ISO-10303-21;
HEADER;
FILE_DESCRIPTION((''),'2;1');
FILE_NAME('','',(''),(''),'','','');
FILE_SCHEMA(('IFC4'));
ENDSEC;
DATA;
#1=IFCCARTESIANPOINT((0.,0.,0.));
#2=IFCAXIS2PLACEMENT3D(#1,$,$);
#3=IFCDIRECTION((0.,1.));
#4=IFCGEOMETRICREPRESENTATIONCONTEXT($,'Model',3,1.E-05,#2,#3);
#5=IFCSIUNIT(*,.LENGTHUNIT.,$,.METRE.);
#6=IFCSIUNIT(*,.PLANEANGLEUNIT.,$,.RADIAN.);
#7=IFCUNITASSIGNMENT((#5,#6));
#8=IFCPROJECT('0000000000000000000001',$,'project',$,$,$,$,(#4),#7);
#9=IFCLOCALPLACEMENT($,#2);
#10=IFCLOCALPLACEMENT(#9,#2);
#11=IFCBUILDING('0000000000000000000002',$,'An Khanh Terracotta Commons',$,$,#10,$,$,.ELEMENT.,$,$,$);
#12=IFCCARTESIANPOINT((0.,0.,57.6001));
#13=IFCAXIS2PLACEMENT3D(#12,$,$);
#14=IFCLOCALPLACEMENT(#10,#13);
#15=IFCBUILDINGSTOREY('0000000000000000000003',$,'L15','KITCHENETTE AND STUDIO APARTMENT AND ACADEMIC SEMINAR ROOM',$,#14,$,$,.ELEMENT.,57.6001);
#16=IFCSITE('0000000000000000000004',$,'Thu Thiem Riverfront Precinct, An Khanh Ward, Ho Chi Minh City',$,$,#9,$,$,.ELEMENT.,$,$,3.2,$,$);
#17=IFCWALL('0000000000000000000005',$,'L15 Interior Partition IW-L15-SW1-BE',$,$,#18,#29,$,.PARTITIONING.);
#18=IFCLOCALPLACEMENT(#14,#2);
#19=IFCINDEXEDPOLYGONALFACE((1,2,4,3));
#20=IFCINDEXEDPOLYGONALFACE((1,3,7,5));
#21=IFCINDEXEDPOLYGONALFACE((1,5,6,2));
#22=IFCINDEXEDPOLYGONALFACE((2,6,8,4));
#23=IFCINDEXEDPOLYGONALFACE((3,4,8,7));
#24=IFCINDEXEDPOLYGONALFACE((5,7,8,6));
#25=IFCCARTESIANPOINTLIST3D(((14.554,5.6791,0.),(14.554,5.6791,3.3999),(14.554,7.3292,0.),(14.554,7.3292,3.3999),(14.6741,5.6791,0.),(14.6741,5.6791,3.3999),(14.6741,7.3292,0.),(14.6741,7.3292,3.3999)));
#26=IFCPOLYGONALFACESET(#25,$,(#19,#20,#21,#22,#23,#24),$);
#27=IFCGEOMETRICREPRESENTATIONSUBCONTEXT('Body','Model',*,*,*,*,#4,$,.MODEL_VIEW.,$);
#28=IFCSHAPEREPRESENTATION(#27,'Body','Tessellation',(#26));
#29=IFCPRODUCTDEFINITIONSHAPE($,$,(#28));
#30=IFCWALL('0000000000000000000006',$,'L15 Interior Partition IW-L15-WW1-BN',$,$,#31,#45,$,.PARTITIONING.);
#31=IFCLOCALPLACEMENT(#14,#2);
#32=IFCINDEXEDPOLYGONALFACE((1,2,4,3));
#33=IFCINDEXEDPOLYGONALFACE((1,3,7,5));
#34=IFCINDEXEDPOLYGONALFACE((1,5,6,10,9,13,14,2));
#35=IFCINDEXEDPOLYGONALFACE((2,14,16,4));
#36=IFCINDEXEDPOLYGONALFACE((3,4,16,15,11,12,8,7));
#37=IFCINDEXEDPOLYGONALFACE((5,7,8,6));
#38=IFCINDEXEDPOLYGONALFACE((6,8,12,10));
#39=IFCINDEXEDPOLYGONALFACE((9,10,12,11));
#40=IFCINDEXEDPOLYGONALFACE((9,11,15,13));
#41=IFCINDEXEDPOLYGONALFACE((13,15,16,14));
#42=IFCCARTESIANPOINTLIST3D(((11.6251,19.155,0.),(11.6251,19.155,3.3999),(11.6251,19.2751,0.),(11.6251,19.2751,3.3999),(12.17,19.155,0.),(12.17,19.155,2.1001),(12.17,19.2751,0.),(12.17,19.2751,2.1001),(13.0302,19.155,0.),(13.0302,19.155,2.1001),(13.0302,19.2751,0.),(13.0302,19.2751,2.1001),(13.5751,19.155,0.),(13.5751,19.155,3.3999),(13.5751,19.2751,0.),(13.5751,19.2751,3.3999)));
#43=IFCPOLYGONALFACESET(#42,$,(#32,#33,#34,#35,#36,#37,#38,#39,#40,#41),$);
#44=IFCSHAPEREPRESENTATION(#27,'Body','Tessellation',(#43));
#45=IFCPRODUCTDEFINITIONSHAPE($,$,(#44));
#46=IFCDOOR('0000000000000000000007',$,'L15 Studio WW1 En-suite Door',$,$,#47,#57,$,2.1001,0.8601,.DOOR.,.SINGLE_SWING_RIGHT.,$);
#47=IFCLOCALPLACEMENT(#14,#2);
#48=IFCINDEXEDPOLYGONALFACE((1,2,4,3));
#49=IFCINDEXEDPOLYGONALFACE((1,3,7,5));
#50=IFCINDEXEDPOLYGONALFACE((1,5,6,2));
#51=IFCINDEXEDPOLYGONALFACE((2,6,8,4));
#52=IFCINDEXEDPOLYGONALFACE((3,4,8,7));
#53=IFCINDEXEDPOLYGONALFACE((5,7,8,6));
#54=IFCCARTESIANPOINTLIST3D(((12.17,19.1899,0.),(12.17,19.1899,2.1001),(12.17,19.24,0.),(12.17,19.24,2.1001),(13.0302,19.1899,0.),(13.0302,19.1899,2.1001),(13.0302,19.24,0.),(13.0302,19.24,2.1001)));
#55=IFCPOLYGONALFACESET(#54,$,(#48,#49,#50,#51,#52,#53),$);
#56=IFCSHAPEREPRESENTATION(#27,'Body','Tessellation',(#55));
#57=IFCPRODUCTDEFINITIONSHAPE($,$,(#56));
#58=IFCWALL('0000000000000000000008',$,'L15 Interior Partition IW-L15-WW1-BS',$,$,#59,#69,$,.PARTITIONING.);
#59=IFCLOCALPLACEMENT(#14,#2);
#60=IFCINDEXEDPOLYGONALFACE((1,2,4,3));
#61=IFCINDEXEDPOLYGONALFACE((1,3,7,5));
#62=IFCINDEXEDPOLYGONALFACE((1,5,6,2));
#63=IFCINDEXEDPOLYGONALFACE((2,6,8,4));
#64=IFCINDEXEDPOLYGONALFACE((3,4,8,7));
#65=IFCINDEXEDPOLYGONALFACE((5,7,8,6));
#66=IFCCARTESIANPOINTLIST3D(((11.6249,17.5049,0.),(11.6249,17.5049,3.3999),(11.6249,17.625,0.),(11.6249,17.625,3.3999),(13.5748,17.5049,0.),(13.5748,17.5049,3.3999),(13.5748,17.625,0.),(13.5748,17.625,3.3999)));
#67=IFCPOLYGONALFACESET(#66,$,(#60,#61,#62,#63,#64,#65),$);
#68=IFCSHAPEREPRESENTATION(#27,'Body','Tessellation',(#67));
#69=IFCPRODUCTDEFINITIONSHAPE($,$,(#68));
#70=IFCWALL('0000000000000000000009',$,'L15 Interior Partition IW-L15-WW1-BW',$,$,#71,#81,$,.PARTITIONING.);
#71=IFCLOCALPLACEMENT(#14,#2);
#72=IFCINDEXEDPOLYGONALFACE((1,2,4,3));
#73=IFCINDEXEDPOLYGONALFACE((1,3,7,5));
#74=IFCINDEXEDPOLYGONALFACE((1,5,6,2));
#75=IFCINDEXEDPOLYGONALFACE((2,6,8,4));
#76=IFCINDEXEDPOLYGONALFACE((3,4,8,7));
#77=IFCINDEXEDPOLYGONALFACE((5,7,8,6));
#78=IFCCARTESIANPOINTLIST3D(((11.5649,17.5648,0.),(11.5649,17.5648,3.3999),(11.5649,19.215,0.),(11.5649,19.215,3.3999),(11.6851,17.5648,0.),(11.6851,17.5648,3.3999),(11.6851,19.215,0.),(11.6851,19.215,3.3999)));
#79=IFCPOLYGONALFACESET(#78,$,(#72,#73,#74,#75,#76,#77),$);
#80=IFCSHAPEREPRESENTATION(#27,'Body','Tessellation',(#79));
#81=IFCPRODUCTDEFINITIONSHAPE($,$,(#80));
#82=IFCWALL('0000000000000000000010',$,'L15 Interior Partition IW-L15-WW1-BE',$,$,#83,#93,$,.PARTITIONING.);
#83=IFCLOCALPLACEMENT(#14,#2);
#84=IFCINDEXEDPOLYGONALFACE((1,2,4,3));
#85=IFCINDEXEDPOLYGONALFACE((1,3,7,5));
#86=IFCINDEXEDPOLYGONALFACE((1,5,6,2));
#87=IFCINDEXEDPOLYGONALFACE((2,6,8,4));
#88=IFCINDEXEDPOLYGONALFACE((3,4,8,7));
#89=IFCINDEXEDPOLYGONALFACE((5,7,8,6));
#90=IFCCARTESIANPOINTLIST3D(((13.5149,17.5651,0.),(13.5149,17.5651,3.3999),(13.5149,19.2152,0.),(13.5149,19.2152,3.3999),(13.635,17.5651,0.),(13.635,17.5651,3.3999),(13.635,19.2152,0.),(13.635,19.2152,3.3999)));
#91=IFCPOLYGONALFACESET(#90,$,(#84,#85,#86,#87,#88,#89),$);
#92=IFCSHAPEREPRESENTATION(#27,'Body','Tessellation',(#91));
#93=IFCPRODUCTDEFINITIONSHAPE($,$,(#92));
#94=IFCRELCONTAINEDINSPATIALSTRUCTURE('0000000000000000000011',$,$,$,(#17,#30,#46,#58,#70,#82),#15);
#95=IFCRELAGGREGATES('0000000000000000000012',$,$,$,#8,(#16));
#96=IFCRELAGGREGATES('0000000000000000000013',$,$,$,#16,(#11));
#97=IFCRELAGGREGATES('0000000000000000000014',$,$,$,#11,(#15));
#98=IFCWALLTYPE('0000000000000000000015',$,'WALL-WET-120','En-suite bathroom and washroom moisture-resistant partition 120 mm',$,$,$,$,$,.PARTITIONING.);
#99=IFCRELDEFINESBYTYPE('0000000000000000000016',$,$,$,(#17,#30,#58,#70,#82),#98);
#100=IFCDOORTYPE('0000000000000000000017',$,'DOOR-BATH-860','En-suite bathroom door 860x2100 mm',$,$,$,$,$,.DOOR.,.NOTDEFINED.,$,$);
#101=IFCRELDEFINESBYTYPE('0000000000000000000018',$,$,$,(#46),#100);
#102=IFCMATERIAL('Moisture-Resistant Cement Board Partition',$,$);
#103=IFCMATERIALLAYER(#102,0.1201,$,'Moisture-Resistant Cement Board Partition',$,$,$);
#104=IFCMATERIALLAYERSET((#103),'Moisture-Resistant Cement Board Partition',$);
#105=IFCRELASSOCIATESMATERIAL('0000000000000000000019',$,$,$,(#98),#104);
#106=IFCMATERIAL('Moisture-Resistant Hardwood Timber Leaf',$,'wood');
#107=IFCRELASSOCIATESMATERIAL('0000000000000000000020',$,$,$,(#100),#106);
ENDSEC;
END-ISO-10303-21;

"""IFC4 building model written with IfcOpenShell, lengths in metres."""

from ifc_helpers import new_model, si_unit, direction, frame, frame_2d, origin, place, context, subcontext, project, spatial, rectangle, extrude, material, layer, layer_set, type_object, element, fill, save


model = new_model("IFC4")

# Units and contexts
model_context = context("Model", 3, precision=1e-05, world=origin(), true_north=direction((0.0, 1.0)))
body_context = subcontext(model_context, "Body", "Model", "MODEL_VIEW")
ifc_project = project(units=[si_unit("LENGTHUNIT", "METRE"), si_unit("PLANEANGLEUNIT", "RADIAN")], contexts=[model_context])

# Site, building, storey
site_placement = place(None, origin())
site = spatial("IfcSite", under=ifc_project, at=site_placement, Name="Thu Thiem Riverfront Precinct, An Khanh Ward, Ho Chi Minh City", CompositionType="ELEMENT", RefElevation=3.2)
building_placement = place(site_placement, origin())
building = spatial("IfcBuilding", under=site, at=building_placement, Name="An Khanh Terracotta Commons", CompositionType="ELEMENT")
storey_placement = place(building_placement, frame((0.0, 0.0, 57.6001)))
storey = spatial("IfcBuildingStorey", under=building, at=storey_placement, Name="L15", Description="KITCHENETTE AND STUDIO APARTMENT AND ACADEMIC SEMINAR ROOM", CompositionType="ELEMENT", Elevation=57.6001)

# Shared definitions
ifc_material_1 = material(Name="Moisture-Resistant Cement Board Partition")
ifc_layer_1 = layer(ifc_material_1, 0.1201, Name="Moisture-Resistant Cement Board Partition")
ifc_layer_set_1 = layer_set([ifc_layer_1], Name="Moisture-Resistant Cement Board Partition")
wall_type_1 = type_object("IfcWallType", Name="WALL-WET-120", Description="En-suite bathroom and washroom moisture-resistant partition 120 mm", PredefinedType="PARTITIONING", material=ifc_layer_set_1)
ifc_material_2 = material(Name="Moisture-Resistant Hardwood Timber Leaf", Category="wood")
door_type_1 = type_object("IfcDoorType", Name="DOOR-BATH-860", Description="En-suite bathroom door 860x2100 mm", OperationType="NOTDEFINED", PredefinedType="DOOR", material=ifc_material_2)

# Wall
for number, where, z_axis, x_axis, name in (
    (1, (14.614, 5.679, 0.0), (0.0, 0.0, 1.0), (0.0, 1.0, 0.0), "L15 Interior Partition IW-L15-SW1-BE"),
):
    element("IfcWall", number, at=place(storey_placement, frame(where, z_axis=z_axis, x_axis=x_axis)), inside=storey, type_object=wall_type_1, Name=name, PredefinedType="PARTITIONING", context=body_context, shape_type="SweptSolid", body=[
        extrude(rectangle(XDim=1.6501, YDim=0.1201, at=frame_2d((0.8252, 0.0))), origin(), (0.0, 0.0, 1.0), 3.3999),
    ])

# Wall, opening, door
wall_1_placement = place(storey_placement, frame((11.625, 19.2151, 0.0), z_axis=(0.0, 0.0, 1.0), x_axis=(1.0, 0.0, 0.0)))
wall_1 = element("IfcWall", 2, at=wall_1_placement, inside=storey, type_object=wall_type_1, Name="L15 Interior Partition IW-L15-WW1-BN", PredefinedType="PARTITIONING", context=body_context, shape_type="SweptSolid", body=[
    extrude(rectangle(XDim=1.95, YDim=0.1201, at=frame_2d((0.9751, 0.0))), origin(), (0.0, 0.0, 1.0), 3.3999),
])
opening_1_placement = place(wall_1_placement, frame((0.5449, 0.0, 0.0)))
opening_1 = element("IfcOpeningElement", 3, at=opening_1_placement, cuts=wall_1, PredefinedType="OPENING", context=body_context, shape_type="SweptSolid", body=[
    extrude(rectangle(XDim=0.8601, YDim=2.1001, at=frame_2d((0.4302, 1.05))), frame((0.0, 0.0701, 0.0), z_axis=(0.0, -1.0, 0.0), x_axis=(1.0, 0.0, 0.0)), (0.0, 0.0, 1.0), 0.1401),
])
door_1_placement = place(opening_1_placement, origin())
door_1 = element("IfcDoor", 4, at=door_1_placement, inside=storey, type_object=door_type_1, Name="L15 Studio WW1 En-suite Door", OperationType="SINGLE_SWING_RIGHT", OverallHeight=2.1001, OverallWidth=0.8601, PredefinedType="DOOR", context=body_context, shape_type="SweptSolid", body=[
    extrude(rectangle(XDim=0.8601, YDim=2.1001, at=frame_2d((0.4302, 1.05))), frame((0.0, 0.0249, 0.0), z_axis=(0.0, -1.0, 0.0), x_axis=(1.0, 0.0, 0.0)), (0.0, 0.0, 1.0), 0.05),
])
fill(opening_1, door_1)

# Walls
wall_2_placement = place(storey_placement, frame((13.575, 17.5649, 0.0), z_axis=(0.0, 0.0, 1.0), x_axis=(-1.0, 0.0, 0.0)))
element("IfcWall", 5, at=wall_2_placement, inside=storey, type_object=wall_type_1, Name="L15 Interior Partition IW-L15-WW1-BS", PredefinedType="PARTITIONING", context=body_context, shape_type="SweptSolid", body=[
    extrude(rectangle(XDim=1.95, YDim=0.1201, at=frame_2d((0.9751, 0.0))), origin(), (0.0, 0.0, 1.0), 3.3999),
])
for number, where, z_axis, x_axis, name in (
    (6, (11.625, 19.2151, 0.0), (0.0, 0.0, 1.0), (0.0, -1.0, 0.0), "L15 Interior Partition IW-L15-WW1-BW"),
    (7, (13.575, 17.5649, 0.0), (0.0, 0.0, 1.0), (0.0, 1.0, 0.0), "L15 Interior Partition IW-L15-WW1-BE"),
):
    element("IfcWall", number, at=place(storey_placement, frame(where, z_axis=z_axis, x_axis=x_axis)), inside=storey, type_object=wall_type_1, Name=name, PredefinedType="PARTITIONING", context=body_context, shape_type="SweptSolid", body=[
        extrude(rectangle(XDim=1.6501, YDim=0.1201, at=frame_2d((0.8252, 0.0))), origin(), (0.0, 0.0, 1.0), 3.3999),
    ])

save(model, "model.ifc")
